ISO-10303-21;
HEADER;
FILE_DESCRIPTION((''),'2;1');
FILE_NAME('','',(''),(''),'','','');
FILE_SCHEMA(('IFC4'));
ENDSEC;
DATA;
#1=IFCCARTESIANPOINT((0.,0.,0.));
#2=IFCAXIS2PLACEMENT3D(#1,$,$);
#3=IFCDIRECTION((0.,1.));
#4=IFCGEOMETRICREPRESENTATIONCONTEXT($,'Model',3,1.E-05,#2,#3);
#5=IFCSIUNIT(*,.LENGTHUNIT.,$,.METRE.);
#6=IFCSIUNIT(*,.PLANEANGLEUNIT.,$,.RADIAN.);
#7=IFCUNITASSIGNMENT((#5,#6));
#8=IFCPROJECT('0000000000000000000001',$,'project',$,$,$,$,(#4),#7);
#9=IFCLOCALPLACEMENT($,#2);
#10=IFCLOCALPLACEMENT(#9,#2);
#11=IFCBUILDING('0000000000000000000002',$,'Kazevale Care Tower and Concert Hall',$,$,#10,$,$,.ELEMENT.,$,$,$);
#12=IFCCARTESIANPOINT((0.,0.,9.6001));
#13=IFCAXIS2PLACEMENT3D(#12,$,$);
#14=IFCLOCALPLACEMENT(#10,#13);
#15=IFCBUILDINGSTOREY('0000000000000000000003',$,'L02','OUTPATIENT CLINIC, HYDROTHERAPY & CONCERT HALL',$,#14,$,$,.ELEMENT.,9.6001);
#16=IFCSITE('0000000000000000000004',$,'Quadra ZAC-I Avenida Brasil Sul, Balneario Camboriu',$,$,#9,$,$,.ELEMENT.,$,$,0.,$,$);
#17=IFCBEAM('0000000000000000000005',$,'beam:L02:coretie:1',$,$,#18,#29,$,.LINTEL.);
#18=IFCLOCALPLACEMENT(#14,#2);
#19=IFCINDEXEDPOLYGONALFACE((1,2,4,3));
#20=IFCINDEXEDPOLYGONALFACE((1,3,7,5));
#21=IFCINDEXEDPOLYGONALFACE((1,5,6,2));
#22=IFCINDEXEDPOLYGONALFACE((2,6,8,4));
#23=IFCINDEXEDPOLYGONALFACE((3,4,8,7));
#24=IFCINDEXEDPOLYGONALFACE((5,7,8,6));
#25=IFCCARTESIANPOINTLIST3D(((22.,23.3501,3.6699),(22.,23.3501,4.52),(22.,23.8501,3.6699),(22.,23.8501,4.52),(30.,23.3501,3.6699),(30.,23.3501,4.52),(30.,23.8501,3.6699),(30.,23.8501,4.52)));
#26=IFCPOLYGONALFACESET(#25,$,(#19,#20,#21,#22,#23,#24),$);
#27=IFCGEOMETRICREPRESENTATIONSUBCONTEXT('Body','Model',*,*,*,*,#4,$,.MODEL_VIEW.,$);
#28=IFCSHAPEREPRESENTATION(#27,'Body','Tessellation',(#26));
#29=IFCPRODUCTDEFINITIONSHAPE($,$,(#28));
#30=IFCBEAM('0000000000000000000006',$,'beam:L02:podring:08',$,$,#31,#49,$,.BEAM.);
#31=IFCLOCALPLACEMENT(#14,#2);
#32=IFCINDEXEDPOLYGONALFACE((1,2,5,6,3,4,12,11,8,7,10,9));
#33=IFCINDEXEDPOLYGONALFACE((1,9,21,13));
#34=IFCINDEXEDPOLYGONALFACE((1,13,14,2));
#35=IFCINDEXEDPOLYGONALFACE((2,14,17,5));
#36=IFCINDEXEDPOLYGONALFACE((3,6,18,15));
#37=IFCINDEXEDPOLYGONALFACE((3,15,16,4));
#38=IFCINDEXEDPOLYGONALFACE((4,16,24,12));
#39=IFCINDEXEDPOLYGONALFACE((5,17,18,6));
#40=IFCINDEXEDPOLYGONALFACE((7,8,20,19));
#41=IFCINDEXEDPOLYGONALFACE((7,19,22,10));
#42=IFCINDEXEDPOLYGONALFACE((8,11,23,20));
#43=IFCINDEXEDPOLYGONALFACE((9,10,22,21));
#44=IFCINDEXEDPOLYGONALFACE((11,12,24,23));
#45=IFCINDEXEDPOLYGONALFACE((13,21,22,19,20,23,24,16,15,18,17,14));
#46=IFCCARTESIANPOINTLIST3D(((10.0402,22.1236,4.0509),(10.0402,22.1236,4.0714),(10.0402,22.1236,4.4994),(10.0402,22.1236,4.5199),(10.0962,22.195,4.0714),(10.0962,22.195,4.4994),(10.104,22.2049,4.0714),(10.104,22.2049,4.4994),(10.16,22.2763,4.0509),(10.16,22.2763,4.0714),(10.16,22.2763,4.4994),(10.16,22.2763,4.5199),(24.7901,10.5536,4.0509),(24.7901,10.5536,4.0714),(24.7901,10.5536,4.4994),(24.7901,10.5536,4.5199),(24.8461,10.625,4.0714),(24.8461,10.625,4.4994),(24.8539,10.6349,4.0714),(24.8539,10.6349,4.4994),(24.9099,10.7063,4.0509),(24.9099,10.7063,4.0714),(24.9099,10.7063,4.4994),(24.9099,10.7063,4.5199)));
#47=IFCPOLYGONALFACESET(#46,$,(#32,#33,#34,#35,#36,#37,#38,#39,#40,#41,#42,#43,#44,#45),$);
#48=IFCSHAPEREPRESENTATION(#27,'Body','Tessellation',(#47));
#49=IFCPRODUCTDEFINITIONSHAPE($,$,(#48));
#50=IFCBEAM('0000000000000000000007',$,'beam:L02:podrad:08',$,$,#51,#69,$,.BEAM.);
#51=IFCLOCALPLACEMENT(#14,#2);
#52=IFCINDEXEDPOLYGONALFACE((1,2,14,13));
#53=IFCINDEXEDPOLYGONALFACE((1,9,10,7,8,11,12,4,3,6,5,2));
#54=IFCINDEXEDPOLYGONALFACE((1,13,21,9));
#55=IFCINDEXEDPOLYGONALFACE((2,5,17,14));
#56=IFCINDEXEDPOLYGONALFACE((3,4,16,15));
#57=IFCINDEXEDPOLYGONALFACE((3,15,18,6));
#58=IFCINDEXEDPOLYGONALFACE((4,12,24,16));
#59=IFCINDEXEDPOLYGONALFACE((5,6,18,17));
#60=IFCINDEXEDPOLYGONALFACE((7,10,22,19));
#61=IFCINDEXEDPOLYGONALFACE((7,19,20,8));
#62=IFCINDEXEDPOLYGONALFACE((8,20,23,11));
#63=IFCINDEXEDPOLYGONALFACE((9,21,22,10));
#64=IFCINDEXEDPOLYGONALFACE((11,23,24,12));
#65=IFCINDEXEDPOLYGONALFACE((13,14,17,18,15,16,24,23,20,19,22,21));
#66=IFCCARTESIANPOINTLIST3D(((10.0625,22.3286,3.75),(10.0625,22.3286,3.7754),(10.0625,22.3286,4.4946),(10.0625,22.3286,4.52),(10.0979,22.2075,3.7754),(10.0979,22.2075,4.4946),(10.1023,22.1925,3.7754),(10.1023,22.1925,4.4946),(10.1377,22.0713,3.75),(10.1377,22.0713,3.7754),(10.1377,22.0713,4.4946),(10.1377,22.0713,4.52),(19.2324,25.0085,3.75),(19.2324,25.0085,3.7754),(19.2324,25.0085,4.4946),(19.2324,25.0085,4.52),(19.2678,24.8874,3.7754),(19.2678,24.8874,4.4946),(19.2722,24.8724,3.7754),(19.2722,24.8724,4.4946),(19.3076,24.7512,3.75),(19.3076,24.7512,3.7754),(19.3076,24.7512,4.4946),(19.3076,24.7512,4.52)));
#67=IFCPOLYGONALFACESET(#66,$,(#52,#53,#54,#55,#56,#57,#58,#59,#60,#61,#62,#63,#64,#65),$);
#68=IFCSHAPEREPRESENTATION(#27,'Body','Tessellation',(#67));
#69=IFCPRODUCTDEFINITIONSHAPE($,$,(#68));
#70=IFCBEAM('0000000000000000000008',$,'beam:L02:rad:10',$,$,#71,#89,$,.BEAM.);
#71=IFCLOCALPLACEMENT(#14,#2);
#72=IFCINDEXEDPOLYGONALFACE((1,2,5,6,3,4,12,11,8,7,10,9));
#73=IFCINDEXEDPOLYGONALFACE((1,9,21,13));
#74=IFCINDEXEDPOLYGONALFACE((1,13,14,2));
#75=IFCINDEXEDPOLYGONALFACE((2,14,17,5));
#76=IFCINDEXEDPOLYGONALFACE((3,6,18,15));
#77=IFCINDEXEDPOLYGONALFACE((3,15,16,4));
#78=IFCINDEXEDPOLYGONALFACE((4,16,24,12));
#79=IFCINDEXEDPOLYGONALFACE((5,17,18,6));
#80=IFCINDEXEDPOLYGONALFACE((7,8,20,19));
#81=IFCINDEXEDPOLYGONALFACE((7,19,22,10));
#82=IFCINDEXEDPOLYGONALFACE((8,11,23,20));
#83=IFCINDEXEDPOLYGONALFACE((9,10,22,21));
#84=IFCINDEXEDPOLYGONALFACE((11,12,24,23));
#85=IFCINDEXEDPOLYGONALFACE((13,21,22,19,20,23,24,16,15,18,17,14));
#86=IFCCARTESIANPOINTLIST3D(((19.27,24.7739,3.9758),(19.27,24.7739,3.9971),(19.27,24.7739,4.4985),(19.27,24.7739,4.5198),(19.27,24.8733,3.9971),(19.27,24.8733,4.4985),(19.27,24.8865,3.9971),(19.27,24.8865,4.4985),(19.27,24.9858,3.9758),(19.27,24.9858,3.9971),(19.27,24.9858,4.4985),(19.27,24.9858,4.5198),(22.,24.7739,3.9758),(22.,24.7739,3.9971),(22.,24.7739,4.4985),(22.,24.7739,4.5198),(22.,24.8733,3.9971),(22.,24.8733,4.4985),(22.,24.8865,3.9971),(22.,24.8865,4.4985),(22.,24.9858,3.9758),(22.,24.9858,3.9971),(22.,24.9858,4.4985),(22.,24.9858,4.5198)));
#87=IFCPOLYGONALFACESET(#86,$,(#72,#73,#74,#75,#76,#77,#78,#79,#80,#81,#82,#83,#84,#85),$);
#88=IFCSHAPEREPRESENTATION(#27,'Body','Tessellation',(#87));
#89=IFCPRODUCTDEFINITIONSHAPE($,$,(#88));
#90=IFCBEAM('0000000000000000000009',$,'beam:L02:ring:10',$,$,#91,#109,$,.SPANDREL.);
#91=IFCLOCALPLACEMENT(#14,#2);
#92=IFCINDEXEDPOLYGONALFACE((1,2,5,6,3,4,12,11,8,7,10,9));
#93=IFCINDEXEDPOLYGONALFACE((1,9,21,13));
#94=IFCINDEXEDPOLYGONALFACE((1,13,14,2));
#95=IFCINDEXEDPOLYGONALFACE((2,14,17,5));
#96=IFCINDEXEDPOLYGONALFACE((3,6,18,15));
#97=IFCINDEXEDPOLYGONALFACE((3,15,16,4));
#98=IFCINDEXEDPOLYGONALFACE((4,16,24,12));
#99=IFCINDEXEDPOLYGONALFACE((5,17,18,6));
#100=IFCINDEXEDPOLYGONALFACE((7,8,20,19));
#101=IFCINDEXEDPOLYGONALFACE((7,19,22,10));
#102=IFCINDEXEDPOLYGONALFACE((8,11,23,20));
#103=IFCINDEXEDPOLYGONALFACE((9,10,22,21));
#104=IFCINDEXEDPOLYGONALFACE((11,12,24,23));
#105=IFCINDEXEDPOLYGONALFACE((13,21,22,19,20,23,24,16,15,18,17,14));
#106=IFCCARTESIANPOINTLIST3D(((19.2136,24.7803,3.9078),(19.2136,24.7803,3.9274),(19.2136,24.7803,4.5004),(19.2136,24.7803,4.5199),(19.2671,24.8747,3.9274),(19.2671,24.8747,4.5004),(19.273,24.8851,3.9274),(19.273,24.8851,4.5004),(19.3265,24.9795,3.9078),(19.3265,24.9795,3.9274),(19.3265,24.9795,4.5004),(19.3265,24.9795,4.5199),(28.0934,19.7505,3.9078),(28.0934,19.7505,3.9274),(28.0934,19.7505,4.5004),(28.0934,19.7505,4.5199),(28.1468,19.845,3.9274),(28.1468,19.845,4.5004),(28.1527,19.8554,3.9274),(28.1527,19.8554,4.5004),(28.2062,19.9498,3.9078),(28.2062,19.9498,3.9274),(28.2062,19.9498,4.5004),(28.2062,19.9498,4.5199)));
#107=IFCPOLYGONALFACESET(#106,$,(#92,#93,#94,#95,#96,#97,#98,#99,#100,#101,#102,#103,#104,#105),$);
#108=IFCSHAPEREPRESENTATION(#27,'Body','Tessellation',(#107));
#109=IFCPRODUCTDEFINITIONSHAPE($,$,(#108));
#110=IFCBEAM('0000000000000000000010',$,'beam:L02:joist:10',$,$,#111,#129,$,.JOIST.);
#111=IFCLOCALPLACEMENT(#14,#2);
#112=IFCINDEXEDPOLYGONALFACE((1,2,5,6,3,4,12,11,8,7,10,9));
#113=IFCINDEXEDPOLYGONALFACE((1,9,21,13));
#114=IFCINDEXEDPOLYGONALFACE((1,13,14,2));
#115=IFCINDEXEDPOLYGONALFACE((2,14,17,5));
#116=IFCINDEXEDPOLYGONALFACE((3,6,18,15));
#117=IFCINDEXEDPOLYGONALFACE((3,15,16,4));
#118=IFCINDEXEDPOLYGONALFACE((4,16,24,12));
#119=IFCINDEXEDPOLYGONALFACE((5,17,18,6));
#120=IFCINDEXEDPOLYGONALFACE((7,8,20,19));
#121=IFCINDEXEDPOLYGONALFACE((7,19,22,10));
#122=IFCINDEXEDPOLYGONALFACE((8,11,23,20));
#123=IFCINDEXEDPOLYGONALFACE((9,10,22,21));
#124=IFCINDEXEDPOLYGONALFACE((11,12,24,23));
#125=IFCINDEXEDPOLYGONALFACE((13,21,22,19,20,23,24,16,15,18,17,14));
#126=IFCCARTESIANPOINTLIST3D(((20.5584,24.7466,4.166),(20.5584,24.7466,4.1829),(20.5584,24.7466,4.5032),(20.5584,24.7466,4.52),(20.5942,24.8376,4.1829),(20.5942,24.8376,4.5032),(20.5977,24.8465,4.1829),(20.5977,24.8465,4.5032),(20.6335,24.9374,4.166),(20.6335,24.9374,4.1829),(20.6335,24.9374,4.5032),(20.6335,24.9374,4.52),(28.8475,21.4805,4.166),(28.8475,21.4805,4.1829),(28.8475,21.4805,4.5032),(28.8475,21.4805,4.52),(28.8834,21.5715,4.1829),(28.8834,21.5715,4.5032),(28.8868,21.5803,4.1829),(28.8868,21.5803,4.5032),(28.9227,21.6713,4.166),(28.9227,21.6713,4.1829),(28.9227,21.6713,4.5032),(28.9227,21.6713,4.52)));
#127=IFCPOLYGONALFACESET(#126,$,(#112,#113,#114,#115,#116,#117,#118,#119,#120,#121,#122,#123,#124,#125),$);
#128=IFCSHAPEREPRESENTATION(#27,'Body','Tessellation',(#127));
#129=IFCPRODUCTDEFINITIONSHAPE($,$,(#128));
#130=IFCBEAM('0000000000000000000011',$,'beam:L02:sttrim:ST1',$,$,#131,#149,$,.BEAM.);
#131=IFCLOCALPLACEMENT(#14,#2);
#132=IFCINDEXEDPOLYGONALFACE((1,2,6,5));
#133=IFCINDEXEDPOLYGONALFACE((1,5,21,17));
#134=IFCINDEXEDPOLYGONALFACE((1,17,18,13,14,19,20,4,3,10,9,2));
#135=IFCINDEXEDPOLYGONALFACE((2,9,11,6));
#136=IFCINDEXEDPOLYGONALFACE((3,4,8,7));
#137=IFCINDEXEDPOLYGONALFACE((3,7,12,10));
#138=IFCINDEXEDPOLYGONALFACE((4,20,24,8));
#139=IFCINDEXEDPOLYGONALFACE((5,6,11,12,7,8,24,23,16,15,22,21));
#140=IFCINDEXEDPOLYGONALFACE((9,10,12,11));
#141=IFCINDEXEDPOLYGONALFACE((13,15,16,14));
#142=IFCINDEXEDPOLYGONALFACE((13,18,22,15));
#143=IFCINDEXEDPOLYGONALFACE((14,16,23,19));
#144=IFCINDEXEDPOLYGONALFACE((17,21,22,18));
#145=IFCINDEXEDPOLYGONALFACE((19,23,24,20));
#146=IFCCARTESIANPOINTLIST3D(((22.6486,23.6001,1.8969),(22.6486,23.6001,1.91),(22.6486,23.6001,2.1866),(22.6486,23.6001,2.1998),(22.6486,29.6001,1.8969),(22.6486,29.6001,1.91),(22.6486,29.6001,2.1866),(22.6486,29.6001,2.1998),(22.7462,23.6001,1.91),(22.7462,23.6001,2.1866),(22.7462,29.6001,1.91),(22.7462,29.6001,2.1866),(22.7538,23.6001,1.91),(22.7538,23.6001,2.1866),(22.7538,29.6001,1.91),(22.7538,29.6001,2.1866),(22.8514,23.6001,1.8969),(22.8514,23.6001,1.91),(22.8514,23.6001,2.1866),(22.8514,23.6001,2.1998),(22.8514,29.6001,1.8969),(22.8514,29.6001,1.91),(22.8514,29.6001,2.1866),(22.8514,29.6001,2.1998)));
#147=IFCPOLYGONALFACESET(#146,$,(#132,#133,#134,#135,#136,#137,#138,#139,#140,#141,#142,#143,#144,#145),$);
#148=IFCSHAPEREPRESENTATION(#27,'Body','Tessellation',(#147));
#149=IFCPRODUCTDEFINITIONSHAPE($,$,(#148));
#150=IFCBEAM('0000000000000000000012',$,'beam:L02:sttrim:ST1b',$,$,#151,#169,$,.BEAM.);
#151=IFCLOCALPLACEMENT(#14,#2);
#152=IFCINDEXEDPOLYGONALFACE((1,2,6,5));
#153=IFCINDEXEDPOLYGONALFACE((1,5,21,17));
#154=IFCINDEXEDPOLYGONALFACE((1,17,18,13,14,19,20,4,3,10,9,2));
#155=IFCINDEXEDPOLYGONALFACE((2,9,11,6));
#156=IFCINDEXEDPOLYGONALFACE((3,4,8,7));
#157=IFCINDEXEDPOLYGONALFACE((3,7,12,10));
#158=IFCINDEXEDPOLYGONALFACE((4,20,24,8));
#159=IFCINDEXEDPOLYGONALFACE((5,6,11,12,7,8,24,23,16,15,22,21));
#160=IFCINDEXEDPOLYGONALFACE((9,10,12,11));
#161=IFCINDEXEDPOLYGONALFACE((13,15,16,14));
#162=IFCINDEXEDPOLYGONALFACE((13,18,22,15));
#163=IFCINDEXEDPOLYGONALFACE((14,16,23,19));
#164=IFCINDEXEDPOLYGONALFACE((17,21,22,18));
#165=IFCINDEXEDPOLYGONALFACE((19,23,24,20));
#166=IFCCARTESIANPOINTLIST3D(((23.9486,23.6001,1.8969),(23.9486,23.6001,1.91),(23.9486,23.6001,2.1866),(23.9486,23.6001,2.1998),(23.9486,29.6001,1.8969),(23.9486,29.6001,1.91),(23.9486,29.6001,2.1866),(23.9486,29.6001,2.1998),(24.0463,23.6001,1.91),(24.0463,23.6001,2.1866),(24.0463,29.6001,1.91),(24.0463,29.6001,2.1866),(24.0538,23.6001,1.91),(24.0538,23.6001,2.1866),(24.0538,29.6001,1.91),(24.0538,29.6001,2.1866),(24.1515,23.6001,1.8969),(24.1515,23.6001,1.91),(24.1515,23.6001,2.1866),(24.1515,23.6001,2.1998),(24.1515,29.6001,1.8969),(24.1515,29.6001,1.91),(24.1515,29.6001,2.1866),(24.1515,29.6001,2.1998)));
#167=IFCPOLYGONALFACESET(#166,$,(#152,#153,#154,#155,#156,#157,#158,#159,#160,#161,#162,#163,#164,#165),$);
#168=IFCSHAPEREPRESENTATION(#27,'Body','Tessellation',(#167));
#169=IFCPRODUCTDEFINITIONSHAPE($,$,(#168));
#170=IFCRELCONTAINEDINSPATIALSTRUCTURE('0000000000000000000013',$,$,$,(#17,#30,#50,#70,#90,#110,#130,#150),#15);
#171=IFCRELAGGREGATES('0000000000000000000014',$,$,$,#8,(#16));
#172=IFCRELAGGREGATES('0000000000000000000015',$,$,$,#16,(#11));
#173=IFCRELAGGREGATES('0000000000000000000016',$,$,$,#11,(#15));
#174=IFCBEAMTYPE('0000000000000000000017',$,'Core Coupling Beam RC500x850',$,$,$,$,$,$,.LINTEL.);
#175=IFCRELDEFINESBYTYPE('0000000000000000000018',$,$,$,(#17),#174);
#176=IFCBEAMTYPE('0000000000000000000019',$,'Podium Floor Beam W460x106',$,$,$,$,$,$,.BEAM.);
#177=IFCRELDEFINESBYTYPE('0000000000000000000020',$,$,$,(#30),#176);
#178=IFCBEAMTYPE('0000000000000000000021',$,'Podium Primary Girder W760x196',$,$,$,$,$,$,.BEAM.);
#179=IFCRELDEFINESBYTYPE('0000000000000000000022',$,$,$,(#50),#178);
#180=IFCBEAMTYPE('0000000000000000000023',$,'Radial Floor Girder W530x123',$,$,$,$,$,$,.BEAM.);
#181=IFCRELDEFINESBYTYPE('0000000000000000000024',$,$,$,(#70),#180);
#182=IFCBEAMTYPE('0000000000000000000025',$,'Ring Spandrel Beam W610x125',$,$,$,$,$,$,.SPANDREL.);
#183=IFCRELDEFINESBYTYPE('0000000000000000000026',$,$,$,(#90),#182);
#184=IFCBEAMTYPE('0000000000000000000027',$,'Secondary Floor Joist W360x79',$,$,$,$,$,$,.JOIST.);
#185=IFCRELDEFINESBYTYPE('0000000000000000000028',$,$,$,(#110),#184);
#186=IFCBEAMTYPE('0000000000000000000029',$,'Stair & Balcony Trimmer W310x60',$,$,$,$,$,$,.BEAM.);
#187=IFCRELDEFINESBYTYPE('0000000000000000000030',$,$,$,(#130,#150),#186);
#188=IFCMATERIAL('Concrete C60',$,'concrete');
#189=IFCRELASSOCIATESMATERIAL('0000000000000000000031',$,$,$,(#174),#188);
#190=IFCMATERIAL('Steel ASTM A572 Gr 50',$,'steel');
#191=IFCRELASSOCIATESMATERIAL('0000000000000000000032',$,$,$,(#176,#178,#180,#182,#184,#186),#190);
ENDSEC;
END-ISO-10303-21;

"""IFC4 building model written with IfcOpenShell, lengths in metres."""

from ifc_helpers import new_model, si_unit, direction, frame, origin, origin_2d, place, context, subcontext, project, spatial, rectangle, i_section, extrude, material, material_profile, profile_set, type_object, element, save


model = new_model("IFC4")

# Units and contexts
model_context = context("Model", 3, precision=1e-05, world=origin(), true_north=direction((0.0, 1.0)))
body_context = subcontext(model_context, "Body", "Model", "MODEL_VIEW")
ifc_project = project(units=[si_unit("LENGTHUNIT", "METRE"), si_unit("PLANEANGLEUNIT", "RADIAN")], contexts=[model_context])

# Site, building, storey
site_placement = place(None, origin())
site = spatial("IfcSite", under=ifc_project, at=site_placement, Name="Quadra ZAC-I Avenida Brasil Sul, Balneario Camboriu", CompositionType="ELEMENT", RefElevation=0.0)
building_placement = place(site_placement, origin())
building = spatial("IfcBuilding", under=site, at=building_placement, Name="Kazevale Care Tower and Concert Hall", CompositionType="ELEMENT")
storey_placement = place(building_placement, frame((0.0, 0.0, 9.6001)))
storey = spatial("IfcBuildingStorey", under=building, at=storey_placement, Name="L02", Description="OUTPATIENT CLINIC, HYDROTHERAPY & CONCERT HALL", CompositionType="ELEMENT", Elevation=9.6001)

# Shared definitions
ifc_material_1 = material(Name="Concrete C60", Category="concrete")

# Beams
ifc_material_profile_1 = material_profile(ifc_material_1, rectangle(XDim=0.5, YDim=0.8501, at=origin_2d()), Name="RC-B500x850")
ifc_profile_set_1 = profile_set([ifc_material_profile_1], Name="Concrete C60")
beam_type_1 = type_object("IfcBeamType", Name="Core Coupling Beam RC500x850", PredefinedType="LINTEL", material=ifc_profile_set_1)
beam_1_placement = place(storey_placement, frame((22.0, 23.6001, 4.095), z_axis=(1.0, 0.0, 0.0), x_axis=(0.0, 1.0, 0.0)))
element("IfcBeam", 1, at=beam_1_placement, inside=storey, type_object=beam_type_1, Name="beam:L02:coretie:1", PredefinedType="LINTEL", context=body_context, shape_type="SweptSolid", body=[
    extrude(rectangle(XDim=0.5, YDim=0.8501, at=origin_2d()), origin(), (0.0, 0.0, 1.0), 8.0),
])
ifc_material_2 = material(Name="Steel ASTM A572 Gr 50", Category="steel")
ifc_material_profile_2 = material_profile(ifc_material_2, i_section(OverallWidth=0.1941, OverallDepth=0.469, WebThickness=0.0127, FlangeThickness=0.0205, at=origin_2d()), Name="W460x106")
ifc_profile_set_2 = profile_set([ifc_material_profile_2], Name="Steel ASTM A572 Gr 50")
beam_type_2 = type_object("IfcBeamType", Name="Podium Floor Beam W460x106", PredefinedType="BEAM", material=ifc_profile_set_2)
beam_2_placement = place(storey_placement, frame((10.1001, 22.2, 4.2854), z_axis=(0.786816, -0.617188, 0.0), x_axis=(0.617188, 0.786816, 0.0)))
element("IfcBeam", 2, at=beam_2_placement, inside=storey, type_object=beam_type_2, Name="beam:L02:podring:08", PredefinedType="BEAM", context=body_context, shape_type="SweptSolid", body=[
    extrude(i_section(OverallWidth=0.1941, OverallDepth=0.469, WebThickness=0.0127, FlangeThickness=0.0205, at=origin_2d()), origin(), (0.0, 0.0, 1.0), 18.7463),
])
ifc_material_profile_3 = material_profile(ifc_material_2, i_section(OverallWidth=0.2681, OverallDepth=0.77, WebThickness=0.0156, FlangeThickness=0.0254, at=origin_2d()), Name="W760x196")
ifc_profile_set_3 = profile_set([ifc_material_profile_3], Name="Steel ASTM A572 Gr 50")
beam_type_3 = type_object("IfcBeamType", Name="Podium Primary Girder W760x196", PredefinedType="BEAM", material=ifc_profile_set_3)
beam_3_placement = place(storey_placement, frame((19.27, 24.8799, 4.135), z_axis=(-0.959849, -0.280518, 0.0), x_axis=(0.280518, -0.959849, 0.0)))
element("IfcBeam", 3, at=beam_3_placement, inside=storey, type_object=beam_type_3, Name="beam:L02:podrad:08", PredefinedType="BEAM", context=body_context, shape_type="SweptSolid", body=[
    extrude(i_section(OverallWidth=0.2681, OverallDepth=0.77, WebThickness=0.0156, FlangeThickness=0.0254, at=origin_2d()), origin(), (0.0, 0.0, 1.0), 9.5535),
])
ifc_material_profile_4 = material_profile(ifc_material_2, i_section(OverallWidth=0.2119, OverallDepth=0.5439, WebThickness=0.0132, FlangeThickness=0.0212, at=origin_2d()), Name="W530x123")
ifc_profile_set_4 = profile_set([ifc_material_profile_4], Name="Steel ASTM A572 Gr 50")
beam_type_4 = type_object("IfcBeamType", Name="Radial Floor Girder W530x123", PredefinedType="BEAM", material=ifc_profile_set_4)
beam_4_placement = place(storey_placement, frame((22.0, 24.8799, 4.2478), z_axis=(-1.0, 0.0, 0.0), x_axis=(0.0, -1.0, 0.0)))
element("IfcBeam", 4, at=beam_4_placement, inside=storey, type_object=beam_type_4, Name="beam:L02:rad:10", PredefinedType="BEAM", context=body_context, shape_type="SweptSolid", body=[
    extrude(i_section(OverallWidth=0.2119, OverallDepth=0.5439, WebThickness=0.0132, FlangeThickness=0.0212, at=origin_2d()), origin(), (0.0, 0.0, 1.0), 2.73),
])
ifc_material_profile_5 = material_profile(ifc_material_2, i_section(OverallWidth=0.229, OverallDepth=0.6121, WebThickness=0.012, FlangeThickness=0.0195, at=origin_2d()), Name="W610x125")
ifc_profile_set_5 = profile_set([ifc_material_profile_5], Name="Steel ASTM A572 Gr 50")
beam_type_5 = type_object("IfcBeamType", Name="Ring Spandrel Beam W610x125", PredefinedType="SPANDREL", material=ifc_profile_set_5)
beam_5_placement = place(storey_placement, frame((19.27, 24.8799, 4.2139), z_axis=(0.870112, -0.492853, 0.0), x_axis=(0.492853, 0.870112, 0.0)))
element("IfcBeam", 5, at=beam_5_placement, inside=storey, type_object=beam_type_5, Name="beam:L02:ring:10", PredefinedType="SPANDREL", context=body_context, shape_type="SweptSolid", body=[
    extrude(i_section(OverallWidth=0.229, OverallDepth=0.6121, WebThickness=0.012, FlangeThickness=0.0195, at=origin_2d()), origin(), (0.0, 0.0, 1.0), 10.2053),
])
ifc_material_profile_6 = material_profile(ifc_material_2, i_section(OverallWidth=0.2051, OverallDepth=0.354, WebThickness=0.0095, FlangeThickness=0.0168, at=origin_2d()), Name="W360x79")
ifc_profile_set_6 = profile_set([ifc_material_profile_6], Name="Steel ASTM A572 Gr 50")
beam_type_6 = type_object("IfcBeamType", Name="Secondary Floor Joist W360x79", PredefinedType="JOIST", material=ifc_profile_set_6)
beam_6_placement = place(storey_placement, frame((20.5959, 24.842, 4.343), z_axis=(0.930381, -0.366595, 0.0), x_axis=(0.366595, 0.930381, 0.0)))
element("IfcBeam", 6, at=beam_6_placement, inside=storey, type_object=beam_type_6, Name="beam:L02:joist:10", PredefinedType="JOIST", context=body_context, shape_type="SweptSolid", body=[
    extrude(i_section(OverallWidth=0.2051, OverallDepth=0.354, WebThickness=0.0095, FlangeThickness=0.0168, at=origin_2d()), origin(), (0.0, 0.0, 1.0), 8.9094),
])
ifc_material_profile_7 = material_profile(ifc_material_2, i_section(OverallWidth=0.2029, OverallDepth=0.303, WebThickness=0.0076, FlangeThickness=0.0132, at=origin_2d()), Name="W310x60")
ifc_profile_set_7 = profile_set([ifc_material_profile_7], Name="Steel ASTM A572 Gr 50")
beam_type_7 = type_object("IfcBeamType", Name="Stair & Balcony Trimmer W310x60", PredefinedType="BEAM", material=ifc_profile_set_7)
for number, where, z_axis, x_axis, name in (
    (7, (22.75, 23.6001, 2.0483), (0.0, 1.0, 0.0), (-1.0, 0.0, 0.0), "beam:L02:sttrim:ST1"),
    (8, (24.05, 23.6001, 2.0483), (0.0, 1.0, 0.0), (-1.0, 0.0, 0.0), "beam:L02:sttrim:ST1b"),
):
    element("IfcBeam", number, at=place(storey_placement, frame(where, z_axis=z_axis, x_axis=x_axis)), inside=storey, type_object=beam_type_7, Name=name, PredefinedType="BEAM", context=body_context, shape_type="SweptSolid", body=[
        extrude(i_section(OverallWidth=0.2029, OverallDepth=0.303, WebThickness=0.0076, FlangeThickness=0.0132, at=origin_2d()), origin(), (0.0, 0.0, 1.0), 6.0),
    ])

save(model, "model.ifc")
